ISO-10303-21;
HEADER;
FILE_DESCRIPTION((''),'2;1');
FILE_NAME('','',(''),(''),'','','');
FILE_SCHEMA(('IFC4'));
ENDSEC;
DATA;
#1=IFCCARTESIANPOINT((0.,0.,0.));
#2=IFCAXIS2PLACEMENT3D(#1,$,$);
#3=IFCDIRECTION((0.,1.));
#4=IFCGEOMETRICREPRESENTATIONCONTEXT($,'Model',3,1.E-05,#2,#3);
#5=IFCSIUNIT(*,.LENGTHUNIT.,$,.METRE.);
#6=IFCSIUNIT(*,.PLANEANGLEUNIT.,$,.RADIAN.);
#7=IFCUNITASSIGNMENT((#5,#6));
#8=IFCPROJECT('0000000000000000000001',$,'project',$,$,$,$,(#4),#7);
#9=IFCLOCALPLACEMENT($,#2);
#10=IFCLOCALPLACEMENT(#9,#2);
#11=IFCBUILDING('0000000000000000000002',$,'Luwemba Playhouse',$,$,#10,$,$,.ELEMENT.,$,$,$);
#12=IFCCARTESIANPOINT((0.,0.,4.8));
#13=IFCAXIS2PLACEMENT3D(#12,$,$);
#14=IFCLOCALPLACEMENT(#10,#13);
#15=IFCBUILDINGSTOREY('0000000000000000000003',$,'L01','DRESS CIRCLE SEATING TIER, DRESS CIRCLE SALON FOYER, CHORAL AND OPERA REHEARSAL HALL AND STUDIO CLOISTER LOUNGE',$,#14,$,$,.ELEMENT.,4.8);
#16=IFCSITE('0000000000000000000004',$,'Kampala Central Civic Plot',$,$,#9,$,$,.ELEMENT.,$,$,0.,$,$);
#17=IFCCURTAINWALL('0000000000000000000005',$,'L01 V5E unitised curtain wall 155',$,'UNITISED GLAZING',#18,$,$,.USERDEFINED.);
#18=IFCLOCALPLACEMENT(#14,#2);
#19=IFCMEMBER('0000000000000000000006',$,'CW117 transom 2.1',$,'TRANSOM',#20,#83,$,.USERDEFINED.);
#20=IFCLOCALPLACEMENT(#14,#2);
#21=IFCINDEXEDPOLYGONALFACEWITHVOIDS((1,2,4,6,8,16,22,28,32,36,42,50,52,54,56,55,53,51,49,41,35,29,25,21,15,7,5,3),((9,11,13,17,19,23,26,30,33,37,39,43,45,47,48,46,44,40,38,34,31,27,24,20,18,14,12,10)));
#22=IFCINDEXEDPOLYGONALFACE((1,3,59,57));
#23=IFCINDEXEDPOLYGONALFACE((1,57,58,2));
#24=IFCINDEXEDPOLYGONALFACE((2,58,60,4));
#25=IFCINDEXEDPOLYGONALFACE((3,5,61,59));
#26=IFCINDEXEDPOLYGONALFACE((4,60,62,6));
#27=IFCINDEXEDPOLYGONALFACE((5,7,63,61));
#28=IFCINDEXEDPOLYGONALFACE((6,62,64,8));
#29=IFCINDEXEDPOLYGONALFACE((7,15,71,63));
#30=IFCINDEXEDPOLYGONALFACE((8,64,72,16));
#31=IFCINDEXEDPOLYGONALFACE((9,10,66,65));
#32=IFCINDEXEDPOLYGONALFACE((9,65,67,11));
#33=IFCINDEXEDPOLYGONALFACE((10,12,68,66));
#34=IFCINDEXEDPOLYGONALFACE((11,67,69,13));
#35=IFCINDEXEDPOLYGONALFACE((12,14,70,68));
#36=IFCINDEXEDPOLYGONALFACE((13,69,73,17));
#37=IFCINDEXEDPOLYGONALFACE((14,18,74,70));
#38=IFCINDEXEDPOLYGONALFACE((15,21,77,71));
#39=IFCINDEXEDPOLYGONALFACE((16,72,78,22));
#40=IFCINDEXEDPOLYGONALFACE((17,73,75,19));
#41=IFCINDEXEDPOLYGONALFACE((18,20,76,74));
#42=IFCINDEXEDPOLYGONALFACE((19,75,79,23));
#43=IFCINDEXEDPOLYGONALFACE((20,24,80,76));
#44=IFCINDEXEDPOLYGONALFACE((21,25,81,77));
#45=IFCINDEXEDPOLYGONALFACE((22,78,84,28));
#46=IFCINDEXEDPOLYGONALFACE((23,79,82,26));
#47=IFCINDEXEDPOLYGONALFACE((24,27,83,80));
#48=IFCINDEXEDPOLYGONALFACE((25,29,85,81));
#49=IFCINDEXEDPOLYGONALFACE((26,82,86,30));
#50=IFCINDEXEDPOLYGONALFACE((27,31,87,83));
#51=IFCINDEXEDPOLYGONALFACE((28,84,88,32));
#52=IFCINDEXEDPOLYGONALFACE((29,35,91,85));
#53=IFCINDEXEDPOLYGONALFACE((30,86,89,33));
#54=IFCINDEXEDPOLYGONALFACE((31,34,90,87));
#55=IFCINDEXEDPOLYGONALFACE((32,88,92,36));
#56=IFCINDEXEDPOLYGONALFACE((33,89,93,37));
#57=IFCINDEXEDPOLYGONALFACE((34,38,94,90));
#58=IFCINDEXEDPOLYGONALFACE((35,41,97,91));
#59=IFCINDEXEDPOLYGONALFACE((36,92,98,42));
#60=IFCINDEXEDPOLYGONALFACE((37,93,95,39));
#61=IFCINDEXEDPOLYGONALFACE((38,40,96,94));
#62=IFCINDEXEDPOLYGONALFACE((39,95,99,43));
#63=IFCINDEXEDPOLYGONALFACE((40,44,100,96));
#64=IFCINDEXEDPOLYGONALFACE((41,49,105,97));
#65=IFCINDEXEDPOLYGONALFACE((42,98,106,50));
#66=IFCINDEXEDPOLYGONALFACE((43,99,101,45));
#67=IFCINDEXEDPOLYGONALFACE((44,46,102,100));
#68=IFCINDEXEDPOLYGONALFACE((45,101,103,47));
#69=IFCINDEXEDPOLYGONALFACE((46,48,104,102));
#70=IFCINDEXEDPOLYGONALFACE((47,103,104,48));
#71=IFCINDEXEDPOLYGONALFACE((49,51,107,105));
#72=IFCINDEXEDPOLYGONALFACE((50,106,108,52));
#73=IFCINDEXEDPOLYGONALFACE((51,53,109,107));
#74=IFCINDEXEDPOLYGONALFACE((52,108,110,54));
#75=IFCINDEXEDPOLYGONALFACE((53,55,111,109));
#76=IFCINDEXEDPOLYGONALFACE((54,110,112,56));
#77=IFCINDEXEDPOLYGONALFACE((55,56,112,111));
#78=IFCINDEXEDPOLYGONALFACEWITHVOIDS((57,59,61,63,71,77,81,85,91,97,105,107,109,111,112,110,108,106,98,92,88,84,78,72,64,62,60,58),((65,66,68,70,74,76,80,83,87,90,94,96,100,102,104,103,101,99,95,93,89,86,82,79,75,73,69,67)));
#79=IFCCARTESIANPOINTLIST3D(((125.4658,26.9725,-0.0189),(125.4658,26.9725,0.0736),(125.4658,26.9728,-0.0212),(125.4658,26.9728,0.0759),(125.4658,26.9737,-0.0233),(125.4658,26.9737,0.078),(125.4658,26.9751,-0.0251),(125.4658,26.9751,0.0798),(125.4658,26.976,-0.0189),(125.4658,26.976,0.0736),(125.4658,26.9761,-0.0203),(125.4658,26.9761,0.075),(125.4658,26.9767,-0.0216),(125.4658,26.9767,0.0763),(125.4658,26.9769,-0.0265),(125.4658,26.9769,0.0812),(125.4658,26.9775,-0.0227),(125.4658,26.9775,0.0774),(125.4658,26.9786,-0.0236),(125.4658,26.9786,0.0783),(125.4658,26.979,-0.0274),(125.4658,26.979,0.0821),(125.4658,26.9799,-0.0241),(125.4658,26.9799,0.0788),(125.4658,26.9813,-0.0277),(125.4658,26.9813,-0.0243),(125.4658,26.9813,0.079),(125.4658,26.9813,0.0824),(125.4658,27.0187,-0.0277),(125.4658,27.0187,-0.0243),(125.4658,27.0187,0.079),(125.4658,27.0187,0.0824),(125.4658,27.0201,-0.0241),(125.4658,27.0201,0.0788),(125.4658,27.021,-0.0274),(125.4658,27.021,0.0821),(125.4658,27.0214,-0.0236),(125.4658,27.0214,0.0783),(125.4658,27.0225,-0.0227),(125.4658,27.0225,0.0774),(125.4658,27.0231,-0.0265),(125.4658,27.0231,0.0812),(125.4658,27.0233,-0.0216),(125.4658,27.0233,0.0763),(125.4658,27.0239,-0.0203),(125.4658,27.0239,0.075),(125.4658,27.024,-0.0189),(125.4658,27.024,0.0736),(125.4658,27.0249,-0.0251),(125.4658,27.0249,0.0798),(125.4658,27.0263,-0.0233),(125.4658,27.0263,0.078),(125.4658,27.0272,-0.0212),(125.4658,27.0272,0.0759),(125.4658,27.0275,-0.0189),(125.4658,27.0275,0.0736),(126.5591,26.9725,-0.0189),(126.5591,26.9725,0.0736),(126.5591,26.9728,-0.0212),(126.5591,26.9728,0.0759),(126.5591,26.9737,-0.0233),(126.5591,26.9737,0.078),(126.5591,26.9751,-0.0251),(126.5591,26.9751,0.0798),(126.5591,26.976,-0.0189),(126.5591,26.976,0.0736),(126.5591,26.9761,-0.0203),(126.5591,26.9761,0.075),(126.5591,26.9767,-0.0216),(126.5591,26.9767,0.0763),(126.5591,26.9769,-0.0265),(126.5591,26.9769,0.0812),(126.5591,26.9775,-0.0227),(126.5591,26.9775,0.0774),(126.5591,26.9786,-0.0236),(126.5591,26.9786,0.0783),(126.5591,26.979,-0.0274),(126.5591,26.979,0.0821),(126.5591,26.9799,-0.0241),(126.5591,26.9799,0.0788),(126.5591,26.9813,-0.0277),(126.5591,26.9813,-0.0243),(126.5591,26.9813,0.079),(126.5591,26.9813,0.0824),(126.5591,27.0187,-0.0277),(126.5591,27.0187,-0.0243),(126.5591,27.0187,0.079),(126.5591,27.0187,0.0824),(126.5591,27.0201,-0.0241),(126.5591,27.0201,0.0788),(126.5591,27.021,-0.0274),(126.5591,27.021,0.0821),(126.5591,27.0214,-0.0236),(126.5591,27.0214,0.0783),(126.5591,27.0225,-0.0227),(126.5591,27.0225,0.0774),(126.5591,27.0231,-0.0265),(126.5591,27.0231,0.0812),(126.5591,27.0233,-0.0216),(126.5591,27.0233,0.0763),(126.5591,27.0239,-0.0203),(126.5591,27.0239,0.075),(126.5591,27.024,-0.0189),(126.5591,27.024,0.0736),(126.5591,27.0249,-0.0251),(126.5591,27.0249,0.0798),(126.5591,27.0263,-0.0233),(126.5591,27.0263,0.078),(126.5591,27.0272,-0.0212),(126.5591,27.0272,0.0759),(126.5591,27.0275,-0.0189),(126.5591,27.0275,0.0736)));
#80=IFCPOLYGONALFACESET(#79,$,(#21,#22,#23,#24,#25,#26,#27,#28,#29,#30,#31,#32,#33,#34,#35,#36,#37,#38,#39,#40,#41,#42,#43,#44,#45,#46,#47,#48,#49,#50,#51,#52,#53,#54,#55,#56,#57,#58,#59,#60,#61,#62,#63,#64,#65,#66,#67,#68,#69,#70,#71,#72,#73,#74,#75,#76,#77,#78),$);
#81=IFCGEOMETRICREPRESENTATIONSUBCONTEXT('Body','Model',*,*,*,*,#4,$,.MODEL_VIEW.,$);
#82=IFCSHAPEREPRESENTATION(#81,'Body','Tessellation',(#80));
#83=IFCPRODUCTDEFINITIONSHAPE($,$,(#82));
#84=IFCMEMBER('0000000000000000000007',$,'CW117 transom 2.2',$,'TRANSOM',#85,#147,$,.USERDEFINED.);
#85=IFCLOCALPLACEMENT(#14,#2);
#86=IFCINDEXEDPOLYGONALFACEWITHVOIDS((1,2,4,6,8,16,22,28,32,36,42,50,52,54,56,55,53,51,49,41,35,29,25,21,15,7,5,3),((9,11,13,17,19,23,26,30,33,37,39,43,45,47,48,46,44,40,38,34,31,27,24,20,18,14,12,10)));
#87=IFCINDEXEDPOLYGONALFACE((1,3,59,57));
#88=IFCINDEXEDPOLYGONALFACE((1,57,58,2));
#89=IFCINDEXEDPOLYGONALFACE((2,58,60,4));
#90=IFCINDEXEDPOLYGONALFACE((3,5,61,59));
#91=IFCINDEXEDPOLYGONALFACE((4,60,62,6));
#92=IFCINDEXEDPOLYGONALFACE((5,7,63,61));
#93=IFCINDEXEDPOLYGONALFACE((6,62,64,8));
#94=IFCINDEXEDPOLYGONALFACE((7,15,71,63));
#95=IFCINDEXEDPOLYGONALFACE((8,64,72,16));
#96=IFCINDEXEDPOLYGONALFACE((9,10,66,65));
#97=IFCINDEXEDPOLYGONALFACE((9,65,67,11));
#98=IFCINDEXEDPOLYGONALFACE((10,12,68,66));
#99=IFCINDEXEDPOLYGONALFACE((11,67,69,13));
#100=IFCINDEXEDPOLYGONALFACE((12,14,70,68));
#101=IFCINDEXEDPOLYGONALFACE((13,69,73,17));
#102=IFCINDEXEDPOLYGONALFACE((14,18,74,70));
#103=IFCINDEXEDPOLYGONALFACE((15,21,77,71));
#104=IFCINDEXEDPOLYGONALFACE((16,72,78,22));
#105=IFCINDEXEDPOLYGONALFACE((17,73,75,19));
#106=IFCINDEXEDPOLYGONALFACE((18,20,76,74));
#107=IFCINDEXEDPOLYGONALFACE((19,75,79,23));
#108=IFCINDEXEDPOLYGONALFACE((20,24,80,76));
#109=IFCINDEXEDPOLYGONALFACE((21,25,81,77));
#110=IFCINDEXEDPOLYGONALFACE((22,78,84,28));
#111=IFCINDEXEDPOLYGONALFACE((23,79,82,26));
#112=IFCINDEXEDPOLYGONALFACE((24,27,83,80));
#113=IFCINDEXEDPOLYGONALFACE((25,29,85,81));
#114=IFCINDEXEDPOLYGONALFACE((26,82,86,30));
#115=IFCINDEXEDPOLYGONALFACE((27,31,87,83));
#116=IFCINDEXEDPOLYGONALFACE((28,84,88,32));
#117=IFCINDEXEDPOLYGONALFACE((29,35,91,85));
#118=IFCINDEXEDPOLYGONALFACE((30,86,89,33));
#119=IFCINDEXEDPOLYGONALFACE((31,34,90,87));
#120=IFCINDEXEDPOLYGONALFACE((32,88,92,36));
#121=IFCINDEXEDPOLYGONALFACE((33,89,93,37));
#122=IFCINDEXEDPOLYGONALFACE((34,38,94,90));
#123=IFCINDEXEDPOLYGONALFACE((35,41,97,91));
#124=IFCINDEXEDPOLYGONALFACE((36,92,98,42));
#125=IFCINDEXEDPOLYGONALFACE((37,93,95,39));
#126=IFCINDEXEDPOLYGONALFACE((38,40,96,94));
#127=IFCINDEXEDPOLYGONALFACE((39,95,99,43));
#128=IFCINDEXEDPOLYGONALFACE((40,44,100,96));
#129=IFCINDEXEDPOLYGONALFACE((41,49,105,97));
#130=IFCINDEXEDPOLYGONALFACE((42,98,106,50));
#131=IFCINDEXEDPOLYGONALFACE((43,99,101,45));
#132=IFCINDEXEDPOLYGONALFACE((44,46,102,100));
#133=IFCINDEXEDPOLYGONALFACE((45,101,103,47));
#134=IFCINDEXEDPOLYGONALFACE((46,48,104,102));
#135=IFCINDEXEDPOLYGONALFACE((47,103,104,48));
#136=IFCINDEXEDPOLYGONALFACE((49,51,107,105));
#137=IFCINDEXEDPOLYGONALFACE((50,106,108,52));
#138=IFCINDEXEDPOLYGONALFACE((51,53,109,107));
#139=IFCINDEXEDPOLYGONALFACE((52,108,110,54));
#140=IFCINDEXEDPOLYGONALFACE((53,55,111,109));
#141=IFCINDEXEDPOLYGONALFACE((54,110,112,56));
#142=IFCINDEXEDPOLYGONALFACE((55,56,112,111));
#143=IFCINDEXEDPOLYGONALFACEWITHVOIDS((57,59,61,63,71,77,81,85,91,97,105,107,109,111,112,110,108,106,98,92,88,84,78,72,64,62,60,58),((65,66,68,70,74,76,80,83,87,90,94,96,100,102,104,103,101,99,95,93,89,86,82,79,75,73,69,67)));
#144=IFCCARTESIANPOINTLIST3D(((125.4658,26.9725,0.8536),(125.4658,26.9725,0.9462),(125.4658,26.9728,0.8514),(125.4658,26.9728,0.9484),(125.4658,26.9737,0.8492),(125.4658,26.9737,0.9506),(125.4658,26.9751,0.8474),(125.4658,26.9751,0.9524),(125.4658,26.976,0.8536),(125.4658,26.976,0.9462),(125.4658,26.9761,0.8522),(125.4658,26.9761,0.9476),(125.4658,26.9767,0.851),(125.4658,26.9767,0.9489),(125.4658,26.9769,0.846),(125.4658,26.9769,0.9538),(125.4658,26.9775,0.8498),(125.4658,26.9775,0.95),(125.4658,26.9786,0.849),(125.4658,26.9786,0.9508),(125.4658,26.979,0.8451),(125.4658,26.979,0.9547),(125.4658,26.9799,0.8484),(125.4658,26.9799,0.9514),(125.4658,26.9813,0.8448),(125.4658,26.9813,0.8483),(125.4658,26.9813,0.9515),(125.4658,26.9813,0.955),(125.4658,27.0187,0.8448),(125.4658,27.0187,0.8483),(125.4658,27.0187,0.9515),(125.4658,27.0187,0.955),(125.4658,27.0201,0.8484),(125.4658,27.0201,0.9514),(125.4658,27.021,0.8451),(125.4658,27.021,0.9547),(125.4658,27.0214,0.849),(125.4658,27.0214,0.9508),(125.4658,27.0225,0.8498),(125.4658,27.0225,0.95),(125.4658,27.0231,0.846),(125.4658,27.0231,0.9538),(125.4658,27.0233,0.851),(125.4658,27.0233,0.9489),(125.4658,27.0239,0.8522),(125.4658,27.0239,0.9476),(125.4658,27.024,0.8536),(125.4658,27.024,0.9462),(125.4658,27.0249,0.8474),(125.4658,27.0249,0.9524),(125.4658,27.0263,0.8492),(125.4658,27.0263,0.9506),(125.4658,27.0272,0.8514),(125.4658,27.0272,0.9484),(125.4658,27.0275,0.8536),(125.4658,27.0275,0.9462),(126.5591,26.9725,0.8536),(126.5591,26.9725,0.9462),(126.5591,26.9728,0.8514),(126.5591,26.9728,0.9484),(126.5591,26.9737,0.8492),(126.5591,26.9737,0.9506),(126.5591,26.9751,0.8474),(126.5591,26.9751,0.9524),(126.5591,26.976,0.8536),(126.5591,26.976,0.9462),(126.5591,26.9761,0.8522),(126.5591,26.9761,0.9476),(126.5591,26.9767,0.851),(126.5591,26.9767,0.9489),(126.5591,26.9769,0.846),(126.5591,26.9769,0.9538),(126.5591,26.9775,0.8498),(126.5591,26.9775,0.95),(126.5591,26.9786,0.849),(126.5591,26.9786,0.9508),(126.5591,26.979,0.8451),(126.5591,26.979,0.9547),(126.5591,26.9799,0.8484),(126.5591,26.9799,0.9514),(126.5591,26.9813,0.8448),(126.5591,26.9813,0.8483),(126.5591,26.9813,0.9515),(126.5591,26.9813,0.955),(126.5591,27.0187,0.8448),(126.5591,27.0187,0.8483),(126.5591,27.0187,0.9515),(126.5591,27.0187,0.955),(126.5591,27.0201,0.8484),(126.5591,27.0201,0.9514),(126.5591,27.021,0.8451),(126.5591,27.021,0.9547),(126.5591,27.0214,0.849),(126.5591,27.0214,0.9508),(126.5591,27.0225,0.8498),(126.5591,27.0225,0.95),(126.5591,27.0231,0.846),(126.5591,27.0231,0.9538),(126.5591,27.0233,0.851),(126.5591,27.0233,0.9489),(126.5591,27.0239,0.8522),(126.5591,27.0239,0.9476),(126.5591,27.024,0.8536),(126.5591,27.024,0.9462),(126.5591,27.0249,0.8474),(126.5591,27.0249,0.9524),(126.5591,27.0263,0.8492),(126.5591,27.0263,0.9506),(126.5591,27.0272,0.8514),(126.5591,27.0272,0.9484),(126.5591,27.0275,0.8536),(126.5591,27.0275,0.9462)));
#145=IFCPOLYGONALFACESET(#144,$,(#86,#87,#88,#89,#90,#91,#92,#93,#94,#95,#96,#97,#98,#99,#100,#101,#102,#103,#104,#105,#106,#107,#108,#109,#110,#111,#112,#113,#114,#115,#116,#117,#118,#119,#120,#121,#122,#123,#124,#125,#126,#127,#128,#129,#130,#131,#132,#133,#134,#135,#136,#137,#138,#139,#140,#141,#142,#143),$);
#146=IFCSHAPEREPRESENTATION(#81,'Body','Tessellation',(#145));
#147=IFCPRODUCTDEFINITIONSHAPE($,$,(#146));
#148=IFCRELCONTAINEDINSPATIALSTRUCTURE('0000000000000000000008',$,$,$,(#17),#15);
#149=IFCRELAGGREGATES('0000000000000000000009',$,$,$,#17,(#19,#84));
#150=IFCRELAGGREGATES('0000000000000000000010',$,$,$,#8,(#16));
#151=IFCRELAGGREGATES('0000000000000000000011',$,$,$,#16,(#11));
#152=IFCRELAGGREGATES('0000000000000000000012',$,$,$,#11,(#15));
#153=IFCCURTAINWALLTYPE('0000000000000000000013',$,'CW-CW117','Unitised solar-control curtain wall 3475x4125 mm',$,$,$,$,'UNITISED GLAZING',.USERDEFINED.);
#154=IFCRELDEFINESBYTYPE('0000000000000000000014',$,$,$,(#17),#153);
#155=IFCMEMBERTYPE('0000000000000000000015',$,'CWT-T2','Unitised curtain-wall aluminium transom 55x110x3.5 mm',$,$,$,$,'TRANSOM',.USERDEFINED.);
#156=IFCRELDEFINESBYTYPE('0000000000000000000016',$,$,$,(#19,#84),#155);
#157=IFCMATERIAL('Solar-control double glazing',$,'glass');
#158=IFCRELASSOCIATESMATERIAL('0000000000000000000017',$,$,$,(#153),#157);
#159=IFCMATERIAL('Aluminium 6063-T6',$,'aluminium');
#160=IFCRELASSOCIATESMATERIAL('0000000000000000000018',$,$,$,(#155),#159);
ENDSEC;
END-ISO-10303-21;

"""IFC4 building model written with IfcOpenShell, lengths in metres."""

from ifc_helpers import new_model, si_unit, direction, frame, origin, origin_2d, place, context, subcontext, project, spatial, hollow_rectangle, extrude, material, material_profile, profile_set, type_object, element, aggregate, save


model = new_model("IFC4")

# Units and contexts
model_context = context("Model", 3, precision=1e-05, world=origin(), true_north=direction((0.0, 1.0)))
body_context = subcontext(model_context, "Body", "Model", "MODEL_VIEW")
ifc_project = project(units=[si_unit("LENGTHUNIT", "METRE"), si_unit("PLANEANGLEUNIT", "RADIAN")], contexts=[model_context])

# Site, building, storey
site_placement = place(None, origin())
site = spatial("IfcSite", under=ifc_project, at=site_placement, Name="Kampala Central Civic Plot", CompositionType="ELEMENT", RefElevation=0.0)
building_placement = place(site_placement, origin())
building = spatial("IfcBuilding", under=site, at=building_placement, Name="Luwemba Playhouse", CompositionType="ELEMENT")
storey_placement = place(building_placement, frame((0.0, 0.0, 4.8)))
storey = spatial("IfcBuildingStorey", under=building, at=storey_placement, Name="L01", Description="DRESS CIRCLE SEATING TIER, DRESS CIRCLE SALON FOYER, CHORAL AND OPERA REHEARSAL HALL AND STUDIO CLOISTER LOUNGE", CompositionType="ELEMENT", Elevation=4.8)

# Curtain wall
ifc_material_1 = material(Name="Solar-control double glazing", Category="glass")
curtain_wall_type_1 = type_object("IfcCurtainWallType", Name="CW-CW117", Description="Unitised solar-control curtain wall 3475x4125 mm", ElementType="UNITISED GLAZING", PredefinedType="USERDEFINED", material=ifc_material_1)
curtain_wall_1_placement = place(storey_placement, origin())
curtain_wall_1 = element("IfcCurtainWall", 1, at=curtain_wall_1_placement, inside=storey, type_object=curtain_wall_type_1, Name="L01 V5E unitised curtain wall 155", ObjectType="UNITISED GLAZING", PredefinedType="USERDEFINED")
ifc_material_2 = material(Name="Aluminium 6063-T6", Category="aluminium")

# Members
ifc_material_profile_1 = material_profile(ifc_material_2, hollow_rectangle(XDim=0.0549, YDim=0.1101, WallThickness=0.0034, InnerFilletRadius=0.0054, OuterFilletRadius=0.0088, at=origin_2d()))
ifc_profile_set_1 = profile_set([ifc_material_profile_1], Name="Aluminium 6063-T6")
member_type_1 = type_object("IfcMemberType", Name="CWT-T2", Description="Unitised curtain-wall aluminium transom 55x110x3.5 mm", ElementType="TRANSOM", PredefinedType="USERDEFINED", material=ifc_profile_set_1)
member_1_placement = place(storey_placement, frame((125.4658, 27.0, 0.0273), z_axis=(1.0, 0.0, 0.0), x_axis=(0.0, 1.0, 0.0)))
member_1 = element("IfcMember", 2, at=member_1_placement, type_object=member_type_1, Name="CW117 transom 2.1", ObjectType="TRANSOM", PredefinedType="USERDEFINED", context=body_context, shape_type="SweptSolid", body=[
    extrude(hollow_rectangle(XDim=0.0549, YDim=0.1101, WallThickness=0.0034, InnerFilletRadius=0.0054, OuterFilletRadius=0.0088, at=origin_2d()), origin(), (0.0, 0.0, 1.0), 1.0933),
])
member_2_placement = place(storey_placement, frame((125.4658, 27.0, 0.8999), z_axis=(1.0, 0.0, 0.0), x_axis=(0.0, 1.0, 0.0)))
member_2 = element("IfcMember", 3, at=member_2_placement, type_object=member_type_1, Name="CW117 transom 2.2", ObjectType="TRANSOM", PredefinedType="USERDEFINED", context=body_context, shape_type="SweptSolid", body=[
    extrude(hollow_rectangle(XDim=0.0549, YDim=0.1101, WallThickness=0.0034, InnerFilletRadius=0.0054, OuterFilletRadius=0.0088, at=origin_2d()), origin(), (0.0, 0.0, 1.0), 1.0933),
])

aggregate(curtain_wall_1, [member_1, member_2])

save(model, "model.ifc")
